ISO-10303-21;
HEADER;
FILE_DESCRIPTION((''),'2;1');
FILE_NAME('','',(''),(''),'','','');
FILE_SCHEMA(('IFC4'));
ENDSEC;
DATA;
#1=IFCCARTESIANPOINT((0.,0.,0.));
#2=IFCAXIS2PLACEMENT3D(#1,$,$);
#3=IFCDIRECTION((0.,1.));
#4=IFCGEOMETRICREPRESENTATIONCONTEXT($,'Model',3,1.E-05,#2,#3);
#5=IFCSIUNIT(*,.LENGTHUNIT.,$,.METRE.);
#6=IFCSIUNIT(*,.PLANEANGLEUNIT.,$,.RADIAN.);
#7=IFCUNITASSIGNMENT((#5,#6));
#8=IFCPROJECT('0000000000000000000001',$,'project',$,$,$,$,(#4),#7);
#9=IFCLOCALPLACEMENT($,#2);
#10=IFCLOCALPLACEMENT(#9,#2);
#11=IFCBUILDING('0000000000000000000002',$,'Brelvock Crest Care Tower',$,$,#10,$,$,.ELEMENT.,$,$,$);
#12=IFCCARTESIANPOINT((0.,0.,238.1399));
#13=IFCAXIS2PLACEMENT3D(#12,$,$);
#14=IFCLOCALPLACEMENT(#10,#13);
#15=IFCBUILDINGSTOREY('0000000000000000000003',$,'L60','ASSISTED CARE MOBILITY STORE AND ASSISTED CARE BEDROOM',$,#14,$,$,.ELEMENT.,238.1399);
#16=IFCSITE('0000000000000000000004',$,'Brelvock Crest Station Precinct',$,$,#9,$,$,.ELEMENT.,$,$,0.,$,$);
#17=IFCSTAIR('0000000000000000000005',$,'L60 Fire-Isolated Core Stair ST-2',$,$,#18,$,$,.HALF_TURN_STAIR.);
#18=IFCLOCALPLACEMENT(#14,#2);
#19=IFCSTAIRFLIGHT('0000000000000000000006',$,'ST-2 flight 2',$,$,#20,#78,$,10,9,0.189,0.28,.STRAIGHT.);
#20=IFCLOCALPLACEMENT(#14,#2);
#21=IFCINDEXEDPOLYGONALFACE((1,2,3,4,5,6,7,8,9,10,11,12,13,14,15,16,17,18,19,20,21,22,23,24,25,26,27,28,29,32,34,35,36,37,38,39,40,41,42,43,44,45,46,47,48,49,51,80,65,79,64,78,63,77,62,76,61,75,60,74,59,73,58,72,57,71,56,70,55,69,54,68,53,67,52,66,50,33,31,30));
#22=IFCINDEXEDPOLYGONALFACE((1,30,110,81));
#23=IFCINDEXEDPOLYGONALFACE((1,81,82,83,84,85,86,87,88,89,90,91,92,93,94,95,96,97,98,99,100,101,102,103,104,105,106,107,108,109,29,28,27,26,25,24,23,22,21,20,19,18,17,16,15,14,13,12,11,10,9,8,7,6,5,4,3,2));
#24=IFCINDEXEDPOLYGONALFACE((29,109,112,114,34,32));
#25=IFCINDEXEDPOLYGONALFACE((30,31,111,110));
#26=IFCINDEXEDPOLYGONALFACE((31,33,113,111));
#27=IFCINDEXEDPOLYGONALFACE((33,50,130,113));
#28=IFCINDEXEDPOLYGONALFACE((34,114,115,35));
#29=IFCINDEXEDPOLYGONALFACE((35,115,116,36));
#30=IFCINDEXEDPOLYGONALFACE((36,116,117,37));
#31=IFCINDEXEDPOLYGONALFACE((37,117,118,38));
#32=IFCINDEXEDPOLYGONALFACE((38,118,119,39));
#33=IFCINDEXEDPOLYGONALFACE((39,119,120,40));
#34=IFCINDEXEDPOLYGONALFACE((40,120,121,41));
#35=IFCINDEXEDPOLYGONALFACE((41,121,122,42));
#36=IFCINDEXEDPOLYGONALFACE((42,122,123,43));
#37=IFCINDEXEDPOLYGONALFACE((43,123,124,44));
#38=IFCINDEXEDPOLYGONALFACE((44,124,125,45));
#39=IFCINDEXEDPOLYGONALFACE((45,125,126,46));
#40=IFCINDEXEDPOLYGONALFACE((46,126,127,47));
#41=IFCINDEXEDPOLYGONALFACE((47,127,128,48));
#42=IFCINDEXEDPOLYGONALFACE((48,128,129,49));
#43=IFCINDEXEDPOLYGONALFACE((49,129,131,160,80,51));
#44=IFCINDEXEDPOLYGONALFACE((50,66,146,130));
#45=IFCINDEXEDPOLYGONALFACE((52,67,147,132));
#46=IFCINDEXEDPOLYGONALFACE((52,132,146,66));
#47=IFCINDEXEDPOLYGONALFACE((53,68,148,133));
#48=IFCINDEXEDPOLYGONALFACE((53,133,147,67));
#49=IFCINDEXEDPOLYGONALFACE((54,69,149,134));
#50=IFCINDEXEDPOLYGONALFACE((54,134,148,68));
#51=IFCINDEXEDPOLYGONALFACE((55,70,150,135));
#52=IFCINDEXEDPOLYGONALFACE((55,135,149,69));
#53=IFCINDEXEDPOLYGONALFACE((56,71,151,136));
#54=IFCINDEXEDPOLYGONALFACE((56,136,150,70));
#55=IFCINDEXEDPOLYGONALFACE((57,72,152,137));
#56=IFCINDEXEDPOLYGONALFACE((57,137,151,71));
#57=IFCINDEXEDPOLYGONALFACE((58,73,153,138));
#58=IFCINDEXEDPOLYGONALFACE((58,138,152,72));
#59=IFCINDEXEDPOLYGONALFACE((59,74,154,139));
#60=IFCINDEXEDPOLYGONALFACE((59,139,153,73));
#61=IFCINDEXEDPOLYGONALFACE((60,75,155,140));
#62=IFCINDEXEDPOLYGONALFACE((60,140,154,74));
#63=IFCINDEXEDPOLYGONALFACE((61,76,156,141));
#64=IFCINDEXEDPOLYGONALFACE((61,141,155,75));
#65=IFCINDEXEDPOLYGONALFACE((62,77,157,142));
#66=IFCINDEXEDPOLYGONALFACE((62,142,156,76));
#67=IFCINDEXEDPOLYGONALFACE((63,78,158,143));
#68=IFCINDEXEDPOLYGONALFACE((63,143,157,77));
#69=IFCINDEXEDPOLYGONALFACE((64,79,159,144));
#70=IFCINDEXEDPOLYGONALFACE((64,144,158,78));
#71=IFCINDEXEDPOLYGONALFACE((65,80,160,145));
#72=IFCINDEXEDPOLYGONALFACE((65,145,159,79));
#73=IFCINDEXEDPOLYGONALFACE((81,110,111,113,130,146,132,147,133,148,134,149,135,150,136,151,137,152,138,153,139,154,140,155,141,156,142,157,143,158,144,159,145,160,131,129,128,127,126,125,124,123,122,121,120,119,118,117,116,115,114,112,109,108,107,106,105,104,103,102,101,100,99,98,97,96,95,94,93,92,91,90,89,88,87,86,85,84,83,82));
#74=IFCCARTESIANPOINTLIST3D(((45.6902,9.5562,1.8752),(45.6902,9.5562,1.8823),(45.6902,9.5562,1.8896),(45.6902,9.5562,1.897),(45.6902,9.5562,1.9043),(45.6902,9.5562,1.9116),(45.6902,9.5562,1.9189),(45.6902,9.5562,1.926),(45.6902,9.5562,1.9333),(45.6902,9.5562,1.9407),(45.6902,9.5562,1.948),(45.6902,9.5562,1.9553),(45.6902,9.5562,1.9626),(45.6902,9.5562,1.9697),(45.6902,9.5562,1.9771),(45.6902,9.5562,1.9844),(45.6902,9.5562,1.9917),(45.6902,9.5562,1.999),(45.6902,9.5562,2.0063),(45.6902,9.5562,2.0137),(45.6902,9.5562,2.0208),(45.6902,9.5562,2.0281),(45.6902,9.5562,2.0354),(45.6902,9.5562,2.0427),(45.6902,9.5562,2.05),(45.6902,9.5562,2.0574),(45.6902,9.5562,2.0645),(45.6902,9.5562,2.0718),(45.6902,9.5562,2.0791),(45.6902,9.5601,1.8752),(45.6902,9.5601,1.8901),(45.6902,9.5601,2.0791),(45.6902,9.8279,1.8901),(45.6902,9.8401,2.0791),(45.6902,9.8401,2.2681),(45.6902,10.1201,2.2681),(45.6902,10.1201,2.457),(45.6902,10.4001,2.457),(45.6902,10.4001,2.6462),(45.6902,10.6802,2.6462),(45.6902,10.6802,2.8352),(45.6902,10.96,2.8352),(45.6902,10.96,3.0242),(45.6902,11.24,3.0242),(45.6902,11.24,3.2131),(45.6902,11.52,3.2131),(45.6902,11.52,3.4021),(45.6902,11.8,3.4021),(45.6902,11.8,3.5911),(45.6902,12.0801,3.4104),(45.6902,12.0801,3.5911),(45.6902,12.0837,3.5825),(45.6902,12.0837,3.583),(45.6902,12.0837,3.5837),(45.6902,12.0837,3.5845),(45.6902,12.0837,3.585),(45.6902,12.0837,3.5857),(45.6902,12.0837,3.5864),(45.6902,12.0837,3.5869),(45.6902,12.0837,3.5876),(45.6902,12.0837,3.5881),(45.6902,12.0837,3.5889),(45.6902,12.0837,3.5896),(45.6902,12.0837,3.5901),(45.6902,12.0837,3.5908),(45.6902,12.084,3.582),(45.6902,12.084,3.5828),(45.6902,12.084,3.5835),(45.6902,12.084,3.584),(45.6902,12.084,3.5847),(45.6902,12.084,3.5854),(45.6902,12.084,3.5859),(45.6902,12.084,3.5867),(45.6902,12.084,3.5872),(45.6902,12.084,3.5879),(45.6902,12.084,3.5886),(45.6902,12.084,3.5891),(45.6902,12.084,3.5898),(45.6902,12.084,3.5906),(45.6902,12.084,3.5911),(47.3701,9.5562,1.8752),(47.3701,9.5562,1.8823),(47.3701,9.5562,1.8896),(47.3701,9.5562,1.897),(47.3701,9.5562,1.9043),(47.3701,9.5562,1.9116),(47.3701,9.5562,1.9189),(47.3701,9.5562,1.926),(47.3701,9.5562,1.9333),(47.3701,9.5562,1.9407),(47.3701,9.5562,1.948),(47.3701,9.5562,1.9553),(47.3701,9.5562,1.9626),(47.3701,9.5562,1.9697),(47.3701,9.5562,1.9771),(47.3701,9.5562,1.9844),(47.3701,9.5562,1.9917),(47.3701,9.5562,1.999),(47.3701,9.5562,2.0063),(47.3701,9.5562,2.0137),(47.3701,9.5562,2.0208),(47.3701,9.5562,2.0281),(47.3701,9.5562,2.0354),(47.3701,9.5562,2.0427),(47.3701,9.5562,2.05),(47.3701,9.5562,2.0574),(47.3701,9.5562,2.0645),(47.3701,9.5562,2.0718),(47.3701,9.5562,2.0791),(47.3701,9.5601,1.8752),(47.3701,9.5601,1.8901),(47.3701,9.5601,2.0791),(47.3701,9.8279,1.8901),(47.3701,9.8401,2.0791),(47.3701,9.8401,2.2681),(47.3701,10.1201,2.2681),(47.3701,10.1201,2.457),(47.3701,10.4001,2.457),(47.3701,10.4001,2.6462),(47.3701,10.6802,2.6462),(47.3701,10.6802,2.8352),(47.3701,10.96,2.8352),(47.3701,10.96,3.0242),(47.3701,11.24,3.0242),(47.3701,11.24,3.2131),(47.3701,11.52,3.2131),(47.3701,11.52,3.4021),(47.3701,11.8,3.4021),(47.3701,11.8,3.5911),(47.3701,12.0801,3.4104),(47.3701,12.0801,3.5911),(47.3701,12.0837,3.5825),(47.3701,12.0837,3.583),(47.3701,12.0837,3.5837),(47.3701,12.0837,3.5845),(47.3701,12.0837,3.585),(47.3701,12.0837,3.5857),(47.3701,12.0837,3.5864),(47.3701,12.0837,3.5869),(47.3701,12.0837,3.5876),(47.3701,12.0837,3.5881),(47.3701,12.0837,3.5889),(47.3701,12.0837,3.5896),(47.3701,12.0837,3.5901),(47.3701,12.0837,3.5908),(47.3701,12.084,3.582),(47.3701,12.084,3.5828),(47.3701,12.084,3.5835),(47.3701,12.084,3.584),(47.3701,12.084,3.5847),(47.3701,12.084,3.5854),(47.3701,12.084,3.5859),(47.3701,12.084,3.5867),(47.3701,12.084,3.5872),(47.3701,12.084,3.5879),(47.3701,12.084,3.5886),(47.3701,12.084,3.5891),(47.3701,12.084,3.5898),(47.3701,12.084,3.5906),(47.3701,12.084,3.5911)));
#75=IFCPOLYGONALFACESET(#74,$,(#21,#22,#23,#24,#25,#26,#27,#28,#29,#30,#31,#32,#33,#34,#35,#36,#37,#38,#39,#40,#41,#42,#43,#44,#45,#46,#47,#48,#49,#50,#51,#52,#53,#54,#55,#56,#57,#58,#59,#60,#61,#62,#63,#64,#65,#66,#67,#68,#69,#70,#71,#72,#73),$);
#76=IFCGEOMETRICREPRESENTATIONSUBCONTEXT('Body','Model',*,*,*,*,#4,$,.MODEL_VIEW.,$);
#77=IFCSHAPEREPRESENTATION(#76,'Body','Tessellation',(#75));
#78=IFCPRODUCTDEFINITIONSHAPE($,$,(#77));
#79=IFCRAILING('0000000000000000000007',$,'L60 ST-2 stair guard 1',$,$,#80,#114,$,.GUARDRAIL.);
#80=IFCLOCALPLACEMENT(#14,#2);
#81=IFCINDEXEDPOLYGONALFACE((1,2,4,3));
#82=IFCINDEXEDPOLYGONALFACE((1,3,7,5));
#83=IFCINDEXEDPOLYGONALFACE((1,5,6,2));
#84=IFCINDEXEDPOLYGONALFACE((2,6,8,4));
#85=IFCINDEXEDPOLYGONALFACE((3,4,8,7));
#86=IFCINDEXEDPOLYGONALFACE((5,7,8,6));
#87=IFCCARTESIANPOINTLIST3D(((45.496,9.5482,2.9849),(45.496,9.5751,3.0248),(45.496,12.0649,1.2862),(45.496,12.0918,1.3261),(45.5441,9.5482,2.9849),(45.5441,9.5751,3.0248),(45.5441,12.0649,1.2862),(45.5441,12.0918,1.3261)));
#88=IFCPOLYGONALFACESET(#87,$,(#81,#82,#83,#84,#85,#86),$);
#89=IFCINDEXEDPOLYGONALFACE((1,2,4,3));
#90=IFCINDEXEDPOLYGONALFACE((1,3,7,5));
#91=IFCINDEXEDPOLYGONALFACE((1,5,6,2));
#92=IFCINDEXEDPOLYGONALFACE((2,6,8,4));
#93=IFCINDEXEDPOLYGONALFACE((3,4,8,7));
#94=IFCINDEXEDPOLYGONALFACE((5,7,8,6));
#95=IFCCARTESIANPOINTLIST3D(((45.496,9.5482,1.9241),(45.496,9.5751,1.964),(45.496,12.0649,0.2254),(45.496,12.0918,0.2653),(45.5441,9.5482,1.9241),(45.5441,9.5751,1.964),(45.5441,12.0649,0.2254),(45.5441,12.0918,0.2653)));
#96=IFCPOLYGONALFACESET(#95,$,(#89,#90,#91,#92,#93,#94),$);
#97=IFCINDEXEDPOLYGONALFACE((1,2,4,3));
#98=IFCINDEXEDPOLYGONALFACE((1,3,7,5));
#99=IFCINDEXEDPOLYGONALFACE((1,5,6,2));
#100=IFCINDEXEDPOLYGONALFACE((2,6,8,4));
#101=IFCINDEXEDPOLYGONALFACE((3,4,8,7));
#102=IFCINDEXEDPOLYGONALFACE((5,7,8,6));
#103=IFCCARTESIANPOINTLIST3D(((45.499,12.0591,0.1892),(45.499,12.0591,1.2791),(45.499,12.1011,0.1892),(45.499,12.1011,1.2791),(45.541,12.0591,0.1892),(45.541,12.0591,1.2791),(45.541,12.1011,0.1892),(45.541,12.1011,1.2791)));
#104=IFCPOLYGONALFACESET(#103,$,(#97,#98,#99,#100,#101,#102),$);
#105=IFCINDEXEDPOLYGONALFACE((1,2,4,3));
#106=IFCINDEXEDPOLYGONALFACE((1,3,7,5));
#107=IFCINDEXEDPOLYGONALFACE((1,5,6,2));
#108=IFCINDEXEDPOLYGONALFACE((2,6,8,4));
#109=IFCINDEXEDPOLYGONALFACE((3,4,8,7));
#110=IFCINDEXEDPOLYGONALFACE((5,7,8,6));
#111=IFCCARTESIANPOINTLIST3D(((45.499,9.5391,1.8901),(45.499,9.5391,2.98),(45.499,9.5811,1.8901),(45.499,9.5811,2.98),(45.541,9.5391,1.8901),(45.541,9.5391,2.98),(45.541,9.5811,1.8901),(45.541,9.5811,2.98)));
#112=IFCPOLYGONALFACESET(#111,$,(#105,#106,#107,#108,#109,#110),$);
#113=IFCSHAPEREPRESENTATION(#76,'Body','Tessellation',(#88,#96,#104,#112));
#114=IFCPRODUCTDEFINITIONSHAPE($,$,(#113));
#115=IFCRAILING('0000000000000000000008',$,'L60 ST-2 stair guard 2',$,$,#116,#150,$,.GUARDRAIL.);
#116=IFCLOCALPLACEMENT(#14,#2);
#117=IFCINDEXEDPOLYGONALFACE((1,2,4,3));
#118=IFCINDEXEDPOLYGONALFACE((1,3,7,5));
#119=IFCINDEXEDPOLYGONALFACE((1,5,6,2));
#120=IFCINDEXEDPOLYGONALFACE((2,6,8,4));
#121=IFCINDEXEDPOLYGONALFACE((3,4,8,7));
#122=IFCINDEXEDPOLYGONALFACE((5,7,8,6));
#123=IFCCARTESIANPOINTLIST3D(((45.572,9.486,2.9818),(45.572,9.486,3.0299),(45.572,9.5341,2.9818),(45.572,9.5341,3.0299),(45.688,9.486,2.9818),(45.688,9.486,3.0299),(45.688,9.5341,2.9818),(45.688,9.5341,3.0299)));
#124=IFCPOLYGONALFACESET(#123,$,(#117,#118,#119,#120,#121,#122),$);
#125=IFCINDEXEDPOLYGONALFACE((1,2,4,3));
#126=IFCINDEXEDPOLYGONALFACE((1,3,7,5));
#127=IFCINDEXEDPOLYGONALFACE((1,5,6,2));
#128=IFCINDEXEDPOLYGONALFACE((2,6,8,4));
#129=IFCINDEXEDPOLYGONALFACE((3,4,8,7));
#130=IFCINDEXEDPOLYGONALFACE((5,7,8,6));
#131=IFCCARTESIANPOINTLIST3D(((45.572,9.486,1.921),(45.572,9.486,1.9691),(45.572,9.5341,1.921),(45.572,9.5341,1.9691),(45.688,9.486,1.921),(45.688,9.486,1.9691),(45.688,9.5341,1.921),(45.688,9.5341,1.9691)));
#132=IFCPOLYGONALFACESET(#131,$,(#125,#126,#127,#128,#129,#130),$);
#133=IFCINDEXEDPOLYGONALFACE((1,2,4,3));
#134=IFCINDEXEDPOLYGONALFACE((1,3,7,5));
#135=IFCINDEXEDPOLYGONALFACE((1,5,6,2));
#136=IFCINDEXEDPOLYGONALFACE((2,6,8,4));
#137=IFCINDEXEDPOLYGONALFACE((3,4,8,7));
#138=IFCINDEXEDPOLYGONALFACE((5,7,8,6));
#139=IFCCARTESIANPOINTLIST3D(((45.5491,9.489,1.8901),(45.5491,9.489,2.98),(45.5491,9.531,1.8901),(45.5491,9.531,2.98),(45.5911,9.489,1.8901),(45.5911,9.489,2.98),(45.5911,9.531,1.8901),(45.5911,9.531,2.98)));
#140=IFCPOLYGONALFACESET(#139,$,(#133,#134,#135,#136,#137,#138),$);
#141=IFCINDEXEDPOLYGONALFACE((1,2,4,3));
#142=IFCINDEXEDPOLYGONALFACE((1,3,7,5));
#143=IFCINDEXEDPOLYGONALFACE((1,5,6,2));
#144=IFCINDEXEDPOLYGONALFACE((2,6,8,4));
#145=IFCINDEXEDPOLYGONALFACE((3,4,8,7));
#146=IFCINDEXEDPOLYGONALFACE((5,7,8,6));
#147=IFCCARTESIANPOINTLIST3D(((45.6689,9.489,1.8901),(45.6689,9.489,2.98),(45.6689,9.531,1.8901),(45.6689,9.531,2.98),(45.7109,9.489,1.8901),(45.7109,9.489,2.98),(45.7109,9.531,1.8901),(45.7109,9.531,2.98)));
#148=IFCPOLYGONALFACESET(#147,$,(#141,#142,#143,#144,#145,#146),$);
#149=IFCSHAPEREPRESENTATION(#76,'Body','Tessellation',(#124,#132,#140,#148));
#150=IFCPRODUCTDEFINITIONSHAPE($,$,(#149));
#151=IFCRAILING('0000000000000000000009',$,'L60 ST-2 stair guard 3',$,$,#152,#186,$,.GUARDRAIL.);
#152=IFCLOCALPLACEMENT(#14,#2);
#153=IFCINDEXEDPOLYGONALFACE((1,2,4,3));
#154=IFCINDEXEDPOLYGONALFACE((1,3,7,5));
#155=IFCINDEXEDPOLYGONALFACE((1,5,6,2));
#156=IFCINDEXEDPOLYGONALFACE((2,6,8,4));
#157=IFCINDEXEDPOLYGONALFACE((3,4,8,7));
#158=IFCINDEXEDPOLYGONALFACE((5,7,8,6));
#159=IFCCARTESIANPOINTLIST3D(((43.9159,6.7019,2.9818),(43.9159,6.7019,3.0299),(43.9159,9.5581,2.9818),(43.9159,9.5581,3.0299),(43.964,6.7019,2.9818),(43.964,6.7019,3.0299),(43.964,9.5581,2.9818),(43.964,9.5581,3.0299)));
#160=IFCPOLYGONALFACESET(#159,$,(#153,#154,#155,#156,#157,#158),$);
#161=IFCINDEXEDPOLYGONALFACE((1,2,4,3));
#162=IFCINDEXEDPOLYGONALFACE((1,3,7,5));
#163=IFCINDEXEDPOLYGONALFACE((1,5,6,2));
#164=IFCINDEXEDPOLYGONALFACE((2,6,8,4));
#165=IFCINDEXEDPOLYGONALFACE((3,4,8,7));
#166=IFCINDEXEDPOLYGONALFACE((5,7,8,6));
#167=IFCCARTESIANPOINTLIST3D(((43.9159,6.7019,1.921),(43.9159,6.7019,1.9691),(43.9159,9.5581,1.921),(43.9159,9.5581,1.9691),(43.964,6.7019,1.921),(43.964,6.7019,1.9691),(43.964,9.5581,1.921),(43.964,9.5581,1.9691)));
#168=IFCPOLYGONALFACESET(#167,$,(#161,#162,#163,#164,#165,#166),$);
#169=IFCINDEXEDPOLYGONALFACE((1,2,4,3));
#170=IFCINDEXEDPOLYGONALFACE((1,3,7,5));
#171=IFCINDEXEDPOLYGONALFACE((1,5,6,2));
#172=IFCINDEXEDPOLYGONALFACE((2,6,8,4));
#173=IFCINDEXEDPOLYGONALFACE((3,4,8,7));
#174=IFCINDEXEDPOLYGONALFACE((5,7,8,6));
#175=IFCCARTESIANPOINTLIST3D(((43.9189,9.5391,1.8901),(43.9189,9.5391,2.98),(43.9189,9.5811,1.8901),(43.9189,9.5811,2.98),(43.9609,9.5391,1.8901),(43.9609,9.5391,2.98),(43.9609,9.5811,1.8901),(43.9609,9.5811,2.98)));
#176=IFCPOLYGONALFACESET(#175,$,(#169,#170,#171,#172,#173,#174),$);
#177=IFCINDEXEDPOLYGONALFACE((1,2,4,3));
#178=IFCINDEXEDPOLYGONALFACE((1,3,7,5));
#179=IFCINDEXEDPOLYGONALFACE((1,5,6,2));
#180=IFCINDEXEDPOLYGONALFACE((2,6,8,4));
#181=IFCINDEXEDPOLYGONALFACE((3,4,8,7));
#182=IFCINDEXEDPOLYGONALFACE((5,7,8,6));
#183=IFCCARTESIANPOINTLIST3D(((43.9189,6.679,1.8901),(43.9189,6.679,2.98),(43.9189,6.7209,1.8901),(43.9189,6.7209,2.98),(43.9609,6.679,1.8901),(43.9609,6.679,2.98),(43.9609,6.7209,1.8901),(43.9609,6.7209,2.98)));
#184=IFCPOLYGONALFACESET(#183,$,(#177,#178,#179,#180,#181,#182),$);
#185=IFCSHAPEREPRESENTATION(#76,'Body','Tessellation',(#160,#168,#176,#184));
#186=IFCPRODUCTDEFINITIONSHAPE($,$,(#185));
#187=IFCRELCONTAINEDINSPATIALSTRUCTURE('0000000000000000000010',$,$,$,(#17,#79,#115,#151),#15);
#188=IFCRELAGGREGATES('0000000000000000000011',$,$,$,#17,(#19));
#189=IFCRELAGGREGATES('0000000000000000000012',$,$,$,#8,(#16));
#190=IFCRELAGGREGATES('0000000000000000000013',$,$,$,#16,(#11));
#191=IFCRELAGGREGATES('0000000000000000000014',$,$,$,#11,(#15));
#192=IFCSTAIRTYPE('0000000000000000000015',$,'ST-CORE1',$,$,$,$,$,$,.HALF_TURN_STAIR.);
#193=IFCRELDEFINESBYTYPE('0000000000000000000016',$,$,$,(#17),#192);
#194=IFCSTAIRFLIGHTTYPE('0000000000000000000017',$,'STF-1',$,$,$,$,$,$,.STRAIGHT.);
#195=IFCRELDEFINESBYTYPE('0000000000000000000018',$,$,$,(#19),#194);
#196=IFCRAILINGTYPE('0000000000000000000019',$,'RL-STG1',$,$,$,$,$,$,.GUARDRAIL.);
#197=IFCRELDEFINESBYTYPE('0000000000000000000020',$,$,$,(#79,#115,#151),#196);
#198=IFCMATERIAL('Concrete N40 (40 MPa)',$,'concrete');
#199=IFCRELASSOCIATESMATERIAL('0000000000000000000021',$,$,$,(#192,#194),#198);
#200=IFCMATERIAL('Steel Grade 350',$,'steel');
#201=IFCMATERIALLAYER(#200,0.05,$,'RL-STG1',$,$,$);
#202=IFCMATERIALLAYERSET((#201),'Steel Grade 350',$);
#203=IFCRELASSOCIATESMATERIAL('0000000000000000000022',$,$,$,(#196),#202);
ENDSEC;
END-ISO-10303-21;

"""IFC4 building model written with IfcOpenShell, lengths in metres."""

from ifc_helpers import new_model, si_unit, direction, frame, origin, origin_2d, place, context, subcontext, project, spatial, polyline, rectangle, outline, extrude, material, layer, layer_set, type_object, element, aggregate, save


model = new_model("IFC4")

# Units and contexts
model_context = context("Model", 3, precision=1e-05, world=origin(), true_north=direction((0.0, 1.0)))
body_context = subcontext(model_context, "Body", "Model", "MODEL_VIEW")
ifc_project = project(units=[si_unit("LENGTHUNIT", "METRE"), si_unit("PLANEANGLEUNIT", "RADIAN")], contexts=[model_context])

# Site, building, storey
site_placement = place(None, origin())
site = spatial("IfcSite", under=ifc_project, at=site_placement, Name="Brelvock Crest Station Precinct", CompositionType="ELEMENT", RefElevation=0.0)
building_placement = place(site_placement, origin())
building = spatial("IfcBuilding", under=site, at=building_placement, Name="Brelvock Crest Care Tower", CompositionType="ELEMENT")
storey_placement = place(building_placement, frame((0.0, 0.0, 238.1399)))
storey = spatial("IfcBuildingStorey", under=building, at=storey_placement, Name="L60", Description="ASSISTED CARE MOBILITY STORE AND ASSISTED CARE BEDROOM", CompositionType="ELEMENT", Elevation=238.1399)

# Shared definitions
ifc_material_1 = material(Name="Steel Grade 350", Category="steel")

# Stair, stair flight
ifc_material_2 = material(Name="Concrete N40 (40 MPa)", Category="concrete")
stair_type = type_object("IfcStairType", Name="ST-CORE1", PredefinedType="HALF_TURN_STAIR", material=ifc_material_2)
stair_placement = place(storey_placement, origin())
stair = element("IfcStair", 1, at=stair_placement, inside=storey, type_object=stair_type, Name="L60 Fire-Isolated Core Stair ST-2", PredefinedType="HALF_TURN_STAIR")
stair_flight_type = type_object("IfcStairFlightType", Name="STF-1", PredefinedType="STRAIGHT", material=ifc_material_2)
stair_flight_1_placement = place(storey_placement, frame((46.53, 9.5601, 1.8901), z_axis=(0.0, 0.0, 1.0), x_axis=(0.0, 1.0, 0.0)))
stair_flight_1 = element("IfcStairFlight", 2, at=stair_flight_1_placement, type_object=stair_flight_type, Name="ST-2 flight 2", NumberOfRisers=10, NumberOfTreads=9, PredefinedType="STRAIGHT", RiserHeight=0.189, TreadLength=0.28, context=body_context, shape_type="SweptSolid", body=[
    extrude(outline(polyline([(-0.0039, -0.0149), (-0.0039, -0.0078), (-0.0039, -0.0005), (-0.0039, 0.0068), (-0.0039, 0.0142), (-0.0039, 0.0215), (-0.0039, 0.0288), (-0.0039, 0.0359), (-0.0039, 0.0432), (-0.0039, 0.0505), (-0.0039, 0.0579), (-0.0039, 0.0652), (-0.0039, 0.0725), (-0.0039, 0.0796), (-0.0039, 0.0869), (-0.0039, 0.0942), (-0.0039, 0.1016), (-0.0039, 0.1089), (-0.0039, 0.1162), (-0.0039, 0.1235), (-0.0039, 0.1306), (-0.0039, 0.1379), (-0.0039, 0.1453), (-0.0039, 0.1526), (-0.0039, 0.1599), (-0.0039, 0.1672), (-0.0039, 0.1743), (-0.0039, 0.1816), (-0.0039, 0.189), (0.0, 0.189), (0.28, 0.189), (0.28, 0.3779), (0.5601, 0.3779), (0.5601, 0.5669), (0.8401, 0.5669), (0.8401, 0.7561), (1.1201, 0.7561), (1.1201, 0.9451), (1.3999, 0.9451), (1.3999, 1.134), (1.6799, 1.134), (1.6799, 1.323), (1.96, 1.323), (1.96, 1.512), (2.24, 1.512), (2.24, 1.7009), (2.52, 1.7009), (2.5239, 1.7009), (2.5237, 1.7007), (2.5239, 1.7004), (2.5237, 1.7), (2.5239, 1.6997), (2.5237, 1.6995), (2.5239, 1.699), (2.5237, 1.6987), (2.5239, 1.6985), (2.5237, 1.698), (2.5239, 1.6978), (2.5237, 1.6975), (2.5239, 1.697), (2.5237, 1.6968), (2.5239, 1.6965), (2.5237, 1.6963), (2.5239, 1.6958), (2.5237, 1.6956), (2.5239, 1.6953), (2.5237, 1.6948), (2.5239, 1.6946), (2.5237, 1.6943), (2.5239, 1.6938), (2.5237, 1.6936), (2.5239, 1.6934), (2.5237, 1.6929), (2.5239, 1.6926), (2.5237, 1.6924), (2.5239, 1.6919), (2.52, 1.5203), (0.2678, 0.0), (0.0, 0.0), (0.0, -0.0149), (-0.0039, -0.0149)])), frame((0.0, 0.8398, 0.0), z_axis=(0.0, -1.0, 0.0), x_axis=(1.0, 0.0, 0.0)), (0.0, 0.0, 1.0), 1.6799),
])
aggregate(stair, [stair_flight_1])

# Railings
ifc_layer_1 = layer(ifc_material_1, 0.05, Name="RL-STG1")
ifc_layer_set_1 = layer_set([ifc_layer_1], Name="Steel Grade 350")
railing_type_1 = type_object("IfcRailingType", Name="RL-STG1", PredefinedType="GUARDRAIL", material=ifc_layer_set_1)
railing_1_placement = place(storey_placement, frame((45.52, 12.0801, 0.1892)))
element("IfcRailing", 3, at=railing_1_placement, inside=storey, type_object=railing_type_1, Name="L60 ST-2 stair guard 1", PredefinedType="GUARDRAIL", context=body_context, shape_type="SweptSolid", body=[
    extrude(rectangle(XDim=0.0481, YDim=0.0481, at=origin_2d()), frame((0.0, -0.0017, 1.1169), z_axis=(0.0, -0.828862, 0.559454), x_axis=(1.0, 0.0, 0.0)), (0.0, 0.0, 1.0), 3.0364),
    extrude(rectangle(XDim=0.0481, YDim=0.0481, at=origin_2d()), frame((0.0, -0.0017, 0.0562), z_axis=(0.0, -0.828862, 0.559454), x_axis=(1.0, 0.0, 0.0)), (0.0, 0.0, 1.0), 3.0364),
    extrude(rectangle(XDim=0.042, YDim=0.042, at=origin_2d()), origin(), (0.0, 0.0, 1.0), 1.0898),
    extrude(rectangle(XDim=0.042, YDim=0.042, at=origin_2d()), frame((0.0, -2.52, 1.7009)), (0.0, 0.0, 1.0), 1.0898),
])
railing_2_placement = place(storey_placement, frame((45.5701, 9.51, 1.8901)))
element("IfcRailing", 4, at=railing_2_placement, inside=storey, type_object=railing_type_1, Name="L60 ST-2 stair guard 2", PredefinedType="GUARDRAIL", context=body_context, shape_type="SweptSolid", body=[
    extrude(rectangle(XDim=0.0481, YDim=0.0481, at=origin_2d()), frame((0.002, 0.0, 1.1157), z_axis=(1.0, 0.0, 0.0), x_axis=(0.0, 1.0, 0.0)), (0.0, 0.0, 1.0), 0.116),
    extrude(rectangle(XDim=0.0481, YDim=0.0481, at=origin_2d()), frame((0.002, 0.0, 0.0549), z_axis=(1.0, 0.0, 0.0), x_axis=(0.0, 1.0, 0.0)), (0.0, 0.0, 1.0), 0.116),
    extrude(rectangle(XDim=0.042, YDim=0.042, at=origin_2d()), origin(), (0.0, 0.0, 1.0), 1.0898),
    extrude(rectangle(XDim=0.042, YDim=0.042, at=origin_2d()), frame((0.1199, 0.0, 0.0)), (0.0, 0.0, 1.0), 1.0898),
])
for number, where, name in (
    (5, (43.9399, 9.5601, 1.8901), "L60 ST-2 stair guard 3"),
):
    element("IfcRailing", number, at=place(storey_placement, frame(where)), inside=storey, type_object=railing_type_1, Name=name, PredefinedType="GUARDRAIL", context=body_context, shape_type="SweptSolid", body=[
        extrude(rectangle(XDim=0.0481, YDim=0.0481, at=origin_2d()), frame((0.0, -0.002, 1.1157), z_axis=(0.0, -1.0, 0.0), x_axis=(1.0, 0.0, 0.0)), (0.0, 0.0, 1.0), 2.8562),
        extrude(rectangle(XDim=0.0481, YDim=0.0481, at=origin_2d()), frame((0.0, -0.002, 0.0549), z_axis=(0.0, -1.0, 0.0), x_axis=(1.0, 0.0, 0.0)), (0.0, 0.0, 1.0), 2.8562),
        extrude(rectangle(XDim=0.042, YDim=0.042, at=origin_2d()), origin(), (0.0, 0.0, 1.0), 1.0898),
        extrude(rectangle(XDim=0.042, YDim=0.042, at=origin_2d()), frame((0.0, -2.8601, 0.0)), (0.0, 0.0, 1.0), 1.0898),
    ])

save(model, "model.ifc")
